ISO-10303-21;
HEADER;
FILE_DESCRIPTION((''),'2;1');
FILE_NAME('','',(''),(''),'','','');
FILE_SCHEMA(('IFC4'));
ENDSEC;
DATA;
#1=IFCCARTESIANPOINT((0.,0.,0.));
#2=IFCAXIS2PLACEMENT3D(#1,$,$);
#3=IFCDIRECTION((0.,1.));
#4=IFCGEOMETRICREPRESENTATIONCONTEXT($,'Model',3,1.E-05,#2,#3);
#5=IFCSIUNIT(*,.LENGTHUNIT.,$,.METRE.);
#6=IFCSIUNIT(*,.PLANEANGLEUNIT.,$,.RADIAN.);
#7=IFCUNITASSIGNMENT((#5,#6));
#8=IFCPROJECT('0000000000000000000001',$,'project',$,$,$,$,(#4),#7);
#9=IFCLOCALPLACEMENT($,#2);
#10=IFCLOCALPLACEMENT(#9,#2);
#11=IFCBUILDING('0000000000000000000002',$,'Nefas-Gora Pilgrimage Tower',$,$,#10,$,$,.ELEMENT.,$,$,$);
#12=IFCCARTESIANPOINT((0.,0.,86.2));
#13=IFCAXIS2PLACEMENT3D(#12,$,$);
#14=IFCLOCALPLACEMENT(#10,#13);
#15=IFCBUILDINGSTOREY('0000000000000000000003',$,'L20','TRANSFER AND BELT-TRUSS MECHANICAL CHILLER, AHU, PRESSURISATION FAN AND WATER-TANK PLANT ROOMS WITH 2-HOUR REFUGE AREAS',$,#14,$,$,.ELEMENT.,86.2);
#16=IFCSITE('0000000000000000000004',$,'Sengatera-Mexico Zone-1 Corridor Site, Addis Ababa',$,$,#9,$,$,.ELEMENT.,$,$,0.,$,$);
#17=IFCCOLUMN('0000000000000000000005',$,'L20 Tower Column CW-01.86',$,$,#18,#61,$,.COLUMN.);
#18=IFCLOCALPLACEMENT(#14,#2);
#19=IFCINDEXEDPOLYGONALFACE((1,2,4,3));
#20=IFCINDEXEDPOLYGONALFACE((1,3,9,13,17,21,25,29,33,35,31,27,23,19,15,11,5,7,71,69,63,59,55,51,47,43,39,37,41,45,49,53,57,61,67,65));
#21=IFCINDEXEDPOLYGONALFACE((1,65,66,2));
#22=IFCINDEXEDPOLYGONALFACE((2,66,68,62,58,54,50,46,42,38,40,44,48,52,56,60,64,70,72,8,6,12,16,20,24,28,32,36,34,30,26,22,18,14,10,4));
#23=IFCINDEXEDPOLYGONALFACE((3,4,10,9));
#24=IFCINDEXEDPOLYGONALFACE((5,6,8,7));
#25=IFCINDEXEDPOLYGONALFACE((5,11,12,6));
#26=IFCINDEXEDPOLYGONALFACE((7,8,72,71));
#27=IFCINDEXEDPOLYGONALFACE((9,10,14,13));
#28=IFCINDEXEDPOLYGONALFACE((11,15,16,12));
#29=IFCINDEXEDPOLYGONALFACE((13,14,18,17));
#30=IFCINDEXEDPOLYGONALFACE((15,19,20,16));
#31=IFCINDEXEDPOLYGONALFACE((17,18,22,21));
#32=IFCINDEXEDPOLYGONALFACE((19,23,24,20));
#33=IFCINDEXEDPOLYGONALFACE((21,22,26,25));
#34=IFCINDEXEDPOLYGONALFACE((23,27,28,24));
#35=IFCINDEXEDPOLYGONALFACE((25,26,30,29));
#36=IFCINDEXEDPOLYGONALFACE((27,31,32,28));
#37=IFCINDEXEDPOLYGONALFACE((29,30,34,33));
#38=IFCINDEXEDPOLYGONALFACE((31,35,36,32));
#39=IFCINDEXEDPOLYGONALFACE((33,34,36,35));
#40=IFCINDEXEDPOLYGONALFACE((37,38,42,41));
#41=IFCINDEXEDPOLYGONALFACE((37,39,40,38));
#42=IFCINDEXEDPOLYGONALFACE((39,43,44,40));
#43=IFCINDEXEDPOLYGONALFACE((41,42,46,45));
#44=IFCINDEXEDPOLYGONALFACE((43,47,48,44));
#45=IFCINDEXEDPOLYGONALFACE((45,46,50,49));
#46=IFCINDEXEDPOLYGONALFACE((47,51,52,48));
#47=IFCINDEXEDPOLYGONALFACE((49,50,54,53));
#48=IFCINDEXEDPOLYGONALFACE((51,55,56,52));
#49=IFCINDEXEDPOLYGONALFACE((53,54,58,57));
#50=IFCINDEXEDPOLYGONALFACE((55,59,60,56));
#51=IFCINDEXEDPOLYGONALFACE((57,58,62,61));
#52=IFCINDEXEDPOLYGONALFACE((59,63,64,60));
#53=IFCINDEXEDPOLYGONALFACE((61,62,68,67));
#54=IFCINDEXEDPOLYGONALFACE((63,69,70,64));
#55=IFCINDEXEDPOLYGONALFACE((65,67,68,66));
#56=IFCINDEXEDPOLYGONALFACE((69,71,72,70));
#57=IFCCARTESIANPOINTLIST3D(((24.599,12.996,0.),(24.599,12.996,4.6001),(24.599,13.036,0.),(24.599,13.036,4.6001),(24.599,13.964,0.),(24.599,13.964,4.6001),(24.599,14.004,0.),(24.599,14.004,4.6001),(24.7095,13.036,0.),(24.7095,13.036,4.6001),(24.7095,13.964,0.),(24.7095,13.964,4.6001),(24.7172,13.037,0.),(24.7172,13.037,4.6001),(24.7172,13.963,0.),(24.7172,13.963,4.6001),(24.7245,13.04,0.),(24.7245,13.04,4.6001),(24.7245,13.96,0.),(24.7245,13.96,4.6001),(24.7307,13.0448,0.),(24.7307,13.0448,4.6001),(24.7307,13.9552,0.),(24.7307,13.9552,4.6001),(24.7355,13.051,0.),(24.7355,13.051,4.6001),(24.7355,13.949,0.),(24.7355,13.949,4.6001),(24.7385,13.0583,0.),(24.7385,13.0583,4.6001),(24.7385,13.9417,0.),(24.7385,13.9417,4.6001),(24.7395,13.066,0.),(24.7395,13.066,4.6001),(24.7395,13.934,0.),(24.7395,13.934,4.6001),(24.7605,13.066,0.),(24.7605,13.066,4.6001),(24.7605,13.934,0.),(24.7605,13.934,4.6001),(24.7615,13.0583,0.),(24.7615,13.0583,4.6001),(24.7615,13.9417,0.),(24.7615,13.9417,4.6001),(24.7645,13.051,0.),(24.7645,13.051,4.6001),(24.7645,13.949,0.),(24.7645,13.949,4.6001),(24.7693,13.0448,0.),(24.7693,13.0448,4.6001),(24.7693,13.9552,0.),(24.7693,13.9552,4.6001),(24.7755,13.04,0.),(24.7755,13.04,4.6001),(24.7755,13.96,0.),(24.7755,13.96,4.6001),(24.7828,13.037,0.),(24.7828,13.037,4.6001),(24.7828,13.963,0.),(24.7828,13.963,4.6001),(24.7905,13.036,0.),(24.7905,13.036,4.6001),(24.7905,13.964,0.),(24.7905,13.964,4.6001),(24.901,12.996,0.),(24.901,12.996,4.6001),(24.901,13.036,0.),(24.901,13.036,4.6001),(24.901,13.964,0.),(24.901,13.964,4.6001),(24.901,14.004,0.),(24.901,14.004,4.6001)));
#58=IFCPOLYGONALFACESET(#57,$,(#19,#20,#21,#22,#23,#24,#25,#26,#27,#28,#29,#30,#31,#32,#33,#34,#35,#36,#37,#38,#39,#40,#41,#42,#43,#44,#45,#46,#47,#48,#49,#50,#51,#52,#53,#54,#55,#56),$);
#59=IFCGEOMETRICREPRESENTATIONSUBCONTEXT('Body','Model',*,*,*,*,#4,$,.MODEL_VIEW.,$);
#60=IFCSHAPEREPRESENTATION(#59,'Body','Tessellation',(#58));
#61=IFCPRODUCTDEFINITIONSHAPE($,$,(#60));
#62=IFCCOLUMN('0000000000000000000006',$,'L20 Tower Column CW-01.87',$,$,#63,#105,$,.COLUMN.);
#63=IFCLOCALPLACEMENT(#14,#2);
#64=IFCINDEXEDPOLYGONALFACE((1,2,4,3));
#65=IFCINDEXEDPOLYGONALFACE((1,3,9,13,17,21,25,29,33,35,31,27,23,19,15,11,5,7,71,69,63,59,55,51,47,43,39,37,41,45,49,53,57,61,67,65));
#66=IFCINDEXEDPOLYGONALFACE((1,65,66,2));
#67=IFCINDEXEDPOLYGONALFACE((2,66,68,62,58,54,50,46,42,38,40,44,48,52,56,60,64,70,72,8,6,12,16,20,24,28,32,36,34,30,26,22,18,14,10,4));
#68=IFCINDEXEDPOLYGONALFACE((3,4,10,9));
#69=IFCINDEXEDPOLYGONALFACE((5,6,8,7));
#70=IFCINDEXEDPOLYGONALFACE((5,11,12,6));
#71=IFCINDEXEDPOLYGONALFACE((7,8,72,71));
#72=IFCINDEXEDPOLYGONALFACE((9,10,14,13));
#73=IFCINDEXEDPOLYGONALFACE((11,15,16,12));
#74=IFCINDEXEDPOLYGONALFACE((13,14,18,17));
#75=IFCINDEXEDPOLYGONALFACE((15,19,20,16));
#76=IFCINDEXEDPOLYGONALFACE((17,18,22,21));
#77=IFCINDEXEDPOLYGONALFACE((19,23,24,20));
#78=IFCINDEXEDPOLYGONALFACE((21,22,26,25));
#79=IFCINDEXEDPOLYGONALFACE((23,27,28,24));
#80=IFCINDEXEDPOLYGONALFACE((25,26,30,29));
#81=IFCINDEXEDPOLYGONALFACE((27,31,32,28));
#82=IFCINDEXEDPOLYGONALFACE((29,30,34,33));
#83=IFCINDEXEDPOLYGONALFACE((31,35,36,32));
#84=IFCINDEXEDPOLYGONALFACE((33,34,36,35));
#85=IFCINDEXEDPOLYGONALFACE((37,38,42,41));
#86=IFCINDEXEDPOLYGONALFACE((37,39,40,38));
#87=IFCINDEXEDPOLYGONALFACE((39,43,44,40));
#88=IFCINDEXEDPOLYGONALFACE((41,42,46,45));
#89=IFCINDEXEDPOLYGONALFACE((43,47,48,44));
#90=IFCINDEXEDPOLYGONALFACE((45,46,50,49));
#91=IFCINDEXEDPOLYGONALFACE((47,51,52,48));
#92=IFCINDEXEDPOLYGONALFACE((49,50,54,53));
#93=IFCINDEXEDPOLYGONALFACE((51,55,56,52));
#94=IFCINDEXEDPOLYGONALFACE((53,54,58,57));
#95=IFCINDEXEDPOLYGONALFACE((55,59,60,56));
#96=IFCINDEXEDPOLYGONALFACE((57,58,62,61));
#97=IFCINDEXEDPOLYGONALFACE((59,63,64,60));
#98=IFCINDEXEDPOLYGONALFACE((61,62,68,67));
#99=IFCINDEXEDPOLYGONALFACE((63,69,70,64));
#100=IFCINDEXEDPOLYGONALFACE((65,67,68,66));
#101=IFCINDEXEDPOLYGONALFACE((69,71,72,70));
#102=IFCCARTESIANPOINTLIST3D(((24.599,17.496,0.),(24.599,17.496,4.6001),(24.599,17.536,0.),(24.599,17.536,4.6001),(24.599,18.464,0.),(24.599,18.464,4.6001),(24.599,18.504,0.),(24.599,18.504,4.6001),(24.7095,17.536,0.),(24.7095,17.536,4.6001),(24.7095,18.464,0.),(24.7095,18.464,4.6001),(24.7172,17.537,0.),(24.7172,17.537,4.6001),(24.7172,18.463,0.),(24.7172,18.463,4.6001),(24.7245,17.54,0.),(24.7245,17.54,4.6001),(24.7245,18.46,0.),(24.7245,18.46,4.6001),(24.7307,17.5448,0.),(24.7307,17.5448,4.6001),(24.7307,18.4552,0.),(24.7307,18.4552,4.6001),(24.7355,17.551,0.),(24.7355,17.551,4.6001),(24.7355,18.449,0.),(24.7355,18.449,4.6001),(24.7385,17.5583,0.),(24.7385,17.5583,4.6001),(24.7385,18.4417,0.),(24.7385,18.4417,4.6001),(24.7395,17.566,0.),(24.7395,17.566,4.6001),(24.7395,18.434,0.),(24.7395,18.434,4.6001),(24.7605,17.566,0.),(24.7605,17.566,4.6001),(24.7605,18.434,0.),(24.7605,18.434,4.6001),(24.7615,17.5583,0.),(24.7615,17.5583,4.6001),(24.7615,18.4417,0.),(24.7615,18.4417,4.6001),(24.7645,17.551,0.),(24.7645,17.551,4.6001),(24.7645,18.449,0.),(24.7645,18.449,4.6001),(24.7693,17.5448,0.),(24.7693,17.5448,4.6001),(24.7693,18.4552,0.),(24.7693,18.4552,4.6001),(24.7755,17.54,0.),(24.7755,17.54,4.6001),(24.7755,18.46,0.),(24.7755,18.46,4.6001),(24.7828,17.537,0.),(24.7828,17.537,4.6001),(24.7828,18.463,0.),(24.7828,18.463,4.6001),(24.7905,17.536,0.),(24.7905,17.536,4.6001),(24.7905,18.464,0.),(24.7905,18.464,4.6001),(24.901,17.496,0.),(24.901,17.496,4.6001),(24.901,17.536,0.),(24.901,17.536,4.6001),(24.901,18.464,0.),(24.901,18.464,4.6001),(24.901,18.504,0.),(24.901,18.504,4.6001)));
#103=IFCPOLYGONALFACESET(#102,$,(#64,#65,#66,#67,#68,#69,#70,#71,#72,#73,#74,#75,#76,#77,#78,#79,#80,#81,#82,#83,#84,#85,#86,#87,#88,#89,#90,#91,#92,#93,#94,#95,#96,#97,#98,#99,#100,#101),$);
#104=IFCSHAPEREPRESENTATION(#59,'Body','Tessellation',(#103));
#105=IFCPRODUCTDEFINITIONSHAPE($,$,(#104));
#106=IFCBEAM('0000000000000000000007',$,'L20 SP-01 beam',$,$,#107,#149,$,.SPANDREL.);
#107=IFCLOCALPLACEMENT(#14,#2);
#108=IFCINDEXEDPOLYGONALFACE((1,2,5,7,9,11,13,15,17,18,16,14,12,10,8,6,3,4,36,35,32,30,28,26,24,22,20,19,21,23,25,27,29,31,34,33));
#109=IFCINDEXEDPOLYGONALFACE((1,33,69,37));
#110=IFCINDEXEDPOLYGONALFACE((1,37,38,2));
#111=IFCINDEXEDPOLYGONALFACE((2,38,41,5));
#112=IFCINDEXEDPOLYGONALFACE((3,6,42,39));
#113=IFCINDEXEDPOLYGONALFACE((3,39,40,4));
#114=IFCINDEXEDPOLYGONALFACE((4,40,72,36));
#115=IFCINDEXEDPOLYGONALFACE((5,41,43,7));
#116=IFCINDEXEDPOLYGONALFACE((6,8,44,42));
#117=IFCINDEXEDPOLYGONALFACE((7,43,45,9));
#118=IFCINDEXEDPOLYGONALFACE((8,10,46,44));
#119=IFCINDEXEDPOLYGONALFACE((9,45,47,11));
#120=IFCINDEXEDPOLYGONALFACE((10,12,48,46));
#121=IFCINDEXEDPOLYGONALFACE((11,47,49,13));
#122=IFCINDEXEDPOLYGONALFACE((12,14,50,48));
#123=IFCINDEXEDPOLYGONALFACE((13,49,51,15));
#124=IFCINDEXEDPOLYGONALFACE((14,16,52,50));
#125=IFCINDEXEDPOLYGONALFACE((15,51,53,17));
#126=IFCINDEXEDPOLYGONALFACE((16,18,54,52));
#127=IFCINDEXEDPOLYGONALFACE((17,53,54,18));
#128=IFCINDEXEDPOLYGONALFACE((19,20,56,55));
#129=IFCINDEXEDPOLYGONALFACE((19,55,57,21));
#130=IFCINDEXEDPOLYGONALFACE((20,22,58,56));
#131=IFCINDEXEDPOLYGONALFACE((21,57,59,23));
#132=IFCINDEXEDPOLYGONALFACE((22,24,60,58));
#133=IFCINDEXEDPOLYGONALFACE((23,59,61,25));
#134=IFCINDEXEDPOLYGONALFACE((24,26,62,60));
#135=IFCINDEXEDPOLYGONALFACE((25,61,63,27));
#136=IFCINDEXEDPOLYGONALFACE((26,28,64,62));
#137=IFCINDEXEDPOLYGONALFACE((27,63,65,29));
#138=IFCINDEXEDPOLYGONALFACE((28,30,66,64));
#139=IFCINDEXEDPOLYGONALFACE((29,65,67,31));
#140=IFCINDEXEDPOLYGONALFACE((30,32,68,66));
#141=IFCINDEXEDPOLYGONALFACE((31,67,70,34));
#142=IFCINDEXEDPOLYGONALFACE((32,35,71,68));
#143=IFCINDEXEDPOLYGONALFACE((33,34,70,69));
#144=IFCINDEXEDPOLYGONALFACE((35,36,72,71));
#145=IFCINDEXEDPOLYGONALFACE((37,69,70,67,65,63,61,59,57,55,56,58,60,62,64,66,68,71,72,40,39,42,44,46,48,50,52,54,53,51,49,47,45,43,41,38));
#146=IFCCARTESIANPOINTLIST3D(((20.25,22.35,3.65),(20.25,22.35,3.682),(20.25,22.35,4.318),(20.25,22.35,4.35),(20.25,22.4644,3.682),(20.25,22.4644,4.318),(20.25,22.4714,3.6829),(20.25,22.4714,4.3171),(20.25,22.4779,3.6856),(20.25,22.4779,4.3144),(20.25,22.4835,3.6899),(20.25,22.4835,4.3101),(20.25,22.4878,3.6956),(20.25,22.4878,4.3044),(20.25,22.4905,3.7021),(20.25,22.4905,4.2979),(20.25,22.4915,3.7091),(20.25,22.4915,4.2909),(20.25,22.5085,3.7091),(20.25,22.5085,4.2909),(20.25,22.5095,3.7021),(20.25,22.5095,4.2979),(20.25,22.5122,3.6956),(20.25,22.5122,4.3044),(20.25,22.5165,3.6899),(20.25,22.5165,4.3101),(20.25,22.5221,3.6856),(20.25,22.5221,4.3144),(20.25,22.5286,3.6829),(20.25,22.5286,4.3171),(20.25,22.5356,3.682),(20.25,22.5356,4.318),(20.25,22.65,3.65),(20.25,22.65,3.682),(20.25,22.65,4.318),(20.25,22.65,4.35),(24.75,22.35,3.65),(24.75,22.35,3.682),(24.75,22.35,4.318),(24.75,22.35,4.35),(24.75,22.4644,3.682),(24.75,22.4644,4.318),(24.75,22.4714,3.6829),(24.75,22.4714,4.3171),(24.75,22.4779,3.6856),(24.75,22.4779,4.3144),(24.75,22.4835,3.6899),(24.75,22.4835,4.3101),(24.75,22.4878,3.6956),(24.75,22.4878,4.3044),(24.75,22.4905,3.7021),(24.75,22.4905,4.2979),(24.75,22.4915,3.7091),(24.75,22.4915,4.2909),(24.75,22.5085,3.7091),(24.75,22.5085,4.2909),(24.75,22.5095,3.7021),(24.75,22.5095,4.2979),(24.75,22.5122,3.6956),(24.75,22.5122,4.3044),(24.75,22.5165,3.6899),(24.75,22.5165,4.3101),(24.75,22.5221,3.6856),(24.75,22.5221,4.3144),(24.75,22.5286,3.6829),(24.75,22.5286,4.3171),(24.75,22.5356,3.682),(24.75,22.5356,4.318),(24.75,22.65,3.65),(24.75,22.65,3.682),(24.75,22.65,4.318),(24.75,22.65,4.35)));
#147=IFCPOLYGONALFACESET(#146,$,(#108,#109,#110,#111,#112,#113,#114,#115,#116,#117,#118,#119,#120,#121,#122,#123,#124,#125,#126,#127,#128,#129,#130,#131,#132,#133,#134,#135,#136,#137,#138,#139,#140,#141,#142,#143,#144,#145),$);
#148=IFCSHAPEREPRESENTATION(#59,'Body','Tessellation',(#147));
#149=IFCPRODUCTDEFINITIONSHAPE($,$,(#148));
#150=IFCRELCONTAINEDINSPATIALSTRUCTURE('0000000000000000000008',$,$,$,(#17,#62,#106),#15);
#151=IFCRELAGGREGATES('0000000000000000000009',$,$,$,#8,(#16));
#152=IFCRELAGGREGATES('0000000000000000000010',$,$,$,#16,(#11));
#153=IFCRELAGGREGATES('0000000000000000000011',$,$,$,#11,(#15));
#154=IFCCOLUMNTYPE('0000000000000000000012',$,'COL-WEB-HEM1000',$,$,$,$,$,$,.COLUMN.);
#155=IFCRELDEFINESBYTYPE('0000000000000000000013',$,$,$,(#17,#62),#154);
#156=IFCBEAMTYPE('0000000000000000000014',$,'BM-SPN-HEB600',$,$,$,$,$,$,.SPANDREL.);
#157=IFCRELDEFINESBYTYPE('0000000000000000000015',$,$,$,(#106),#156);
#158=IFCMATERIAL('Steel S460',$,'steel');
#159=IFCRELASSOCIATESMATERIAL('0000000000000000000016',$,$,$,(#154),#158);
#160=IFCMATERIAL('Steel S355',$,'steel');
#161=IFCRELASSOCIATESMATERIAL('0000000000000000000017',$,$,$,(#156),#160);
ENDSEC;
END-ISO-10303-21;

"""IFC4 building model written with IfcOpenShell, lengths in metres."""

from ifc_helpers import new_model, si_unit, direction, frame, origin, origin_2d, place, context, subcontext, project, spatial, i_section, extrude, source, transform, mapped, material, material_profile, profile_set, type_object, element, save


model = new_model("IFC4")

# Units and contexts
model_context = context("Model", 3, precision=1e-05, world=origin(), true_north=direction((0.0, 1.0)))
body_context = subcontext(model_context, "Body", "Model", "MODEL_VIEW")
ifc_project = project(units=[si_unit("LENGTHUNIT", "METRE"), si_unit("PLANEANGLEUNIT", "RADIAN")], contexts=[model_context])

# Site, building, storey
site_placement = place(None, origin())
site = spatial("IfcSite", under=ifc_project, at=site_placement, Name="Sengatera-Mexico Zone-1 Corridor Site, Addis Ababa", CompositionType="ELEMENT", RefElevation=0.0)
building_placement = place(site_placement, origin())
building = spatial("IfcBuilding", under=site, at=building_placement, Name="Nefas-Gora Pilgrimage Tower", CompositionType="ELEMENT")
storey_placement = place(building_placement, frame((0.0, 0.0, 86.2)))
storey = spatial("IfcBuildingStorey", under=building, at=storey_placement, Name="L20", Description="TRANSFER AND BELT-TRUSS MECHANICAL CHILLER, AHU, PRESSURISATION FAN AND WATER-TANK PLANT ROOMS WITH 2-HOUR REFUGE AREAS", CompositionType="ELEMENT", Elevation=86.2)

# Columns
ifc_material_1 = material(Name="Steel S460", Category="steel")
ifc_material_profile_1 = material_profile(ifc_material_1, i_section(OverallWidth=0.302, OverallDepth=1.0081, WebThickness=0.021, FlangeThickness=0.04, FilletRadius=0.03, at=origin_2d()), Name="HEM 1000")
ifc_profile_set_1 = profile_set([ifc_material_profile_1], Name="Steel S460")
column_type_1 = type_object("IfcColumnType", Name="COL-WEB-HEM1000", PredefinedType="COLUMN", material=ifc_profile_set_1)
shared_shape_1 = source(origin(), body_context, "Body", "SweptSolid", [
    extrude(i_section(OverallWidth=0.302, OverallDepth=1.0081, WebThickness=0.021, FlangeThickness=0.04, FilletRadius=0.03, at=origin_2d()), origin(), (0.0, 0.0, 1.0), 4.6001),
])
for number, where, z_axis, x_axis, name in (
    (1, (24.75, 13.5, 0.0), (0.0, 0.0, 1.0), (1.0, 0.0, 0.0), "L20 Tower Column CW-01.86"),
    (2, (24.75, 18.0, 0.0), (0.0, 0.0, 1.0), (1.0, 0.0, 0.0), "L20 Tower Column CW-01.87"),
):
    element("IfcColumn", number, at=place(storey_placement, frame(where, z_axis=z_axis, x_axis=x_axis)), inside=storey, type_object=column_type_1, Name=name, PredefinedType="COLUMN", context=body_context, shape_type="MappedRepresentation", body=[
        mapped(shared_shape_1, transform((0.0, 0.0, 0.0), x_axis=(1.0, 0.0, 0.0), y_axis=(0.0, 1.0, 0.0), z_axis=(0.0, 0.0, 1.0), scale=1.0)),
    ])

# Beam
ifc_material_2 = material(Name="Steel S355", Category="steel")
ifc_material_profile_2 = material_profile(ifc_material_2, i_section(OverallWidth=0.3, OverallDepth=0.7, WebThickness=0.0171, FlangeThickness=0.032, FilletRadius=0.0271, at=origin_2d()), Name="HEB 700")
ifc_profile_set_2 = profile_set([ifc_material_profile_2], Name="Steel S355")
beam_type_1 = type_object("IfcBeamType", Name="BM-SPN-HEB600", PredefinedType="SPANDREL", material=ifc_profile_set_2)
shared_shape_2 = source(origin(), body_context, "Body", "SweptSolid", [
    extrude(i_section(OverallWidth=0.3, OverallDepth=0.7, WebThickness=0.0171, FlangeThickness=0.032, FilletRadius=0.0271, at=origin_2d()), origin(), (0.0, 0.0, 1.0), 4.5),
])
beam_1_placement = place(storey_placement, frame((20.25, 22.5, 4.0), z_axis=(1.0, 0.0, 0.0), x_axis=(0.0, 1.0, 0.0)))
element("IfcBeam", 3, at=beam_1_placement, inside=storey, type_object=beam_type_1, Name="L20 SP-01 beam", PredefinedType="SPANDREL", context=body_context, shape_type="MappedRepresentation", body=[
    mapped(shared_shape_2, transform((0.0, 0.0, 0.0), x_axis=(1.0, 0.0, 0.0), y_axis=(0.0, 1.0, 0.0), z_axis=(0.0, 0.0, 1.0), scale=1.0)),
])

save(model, "model.ifc")
